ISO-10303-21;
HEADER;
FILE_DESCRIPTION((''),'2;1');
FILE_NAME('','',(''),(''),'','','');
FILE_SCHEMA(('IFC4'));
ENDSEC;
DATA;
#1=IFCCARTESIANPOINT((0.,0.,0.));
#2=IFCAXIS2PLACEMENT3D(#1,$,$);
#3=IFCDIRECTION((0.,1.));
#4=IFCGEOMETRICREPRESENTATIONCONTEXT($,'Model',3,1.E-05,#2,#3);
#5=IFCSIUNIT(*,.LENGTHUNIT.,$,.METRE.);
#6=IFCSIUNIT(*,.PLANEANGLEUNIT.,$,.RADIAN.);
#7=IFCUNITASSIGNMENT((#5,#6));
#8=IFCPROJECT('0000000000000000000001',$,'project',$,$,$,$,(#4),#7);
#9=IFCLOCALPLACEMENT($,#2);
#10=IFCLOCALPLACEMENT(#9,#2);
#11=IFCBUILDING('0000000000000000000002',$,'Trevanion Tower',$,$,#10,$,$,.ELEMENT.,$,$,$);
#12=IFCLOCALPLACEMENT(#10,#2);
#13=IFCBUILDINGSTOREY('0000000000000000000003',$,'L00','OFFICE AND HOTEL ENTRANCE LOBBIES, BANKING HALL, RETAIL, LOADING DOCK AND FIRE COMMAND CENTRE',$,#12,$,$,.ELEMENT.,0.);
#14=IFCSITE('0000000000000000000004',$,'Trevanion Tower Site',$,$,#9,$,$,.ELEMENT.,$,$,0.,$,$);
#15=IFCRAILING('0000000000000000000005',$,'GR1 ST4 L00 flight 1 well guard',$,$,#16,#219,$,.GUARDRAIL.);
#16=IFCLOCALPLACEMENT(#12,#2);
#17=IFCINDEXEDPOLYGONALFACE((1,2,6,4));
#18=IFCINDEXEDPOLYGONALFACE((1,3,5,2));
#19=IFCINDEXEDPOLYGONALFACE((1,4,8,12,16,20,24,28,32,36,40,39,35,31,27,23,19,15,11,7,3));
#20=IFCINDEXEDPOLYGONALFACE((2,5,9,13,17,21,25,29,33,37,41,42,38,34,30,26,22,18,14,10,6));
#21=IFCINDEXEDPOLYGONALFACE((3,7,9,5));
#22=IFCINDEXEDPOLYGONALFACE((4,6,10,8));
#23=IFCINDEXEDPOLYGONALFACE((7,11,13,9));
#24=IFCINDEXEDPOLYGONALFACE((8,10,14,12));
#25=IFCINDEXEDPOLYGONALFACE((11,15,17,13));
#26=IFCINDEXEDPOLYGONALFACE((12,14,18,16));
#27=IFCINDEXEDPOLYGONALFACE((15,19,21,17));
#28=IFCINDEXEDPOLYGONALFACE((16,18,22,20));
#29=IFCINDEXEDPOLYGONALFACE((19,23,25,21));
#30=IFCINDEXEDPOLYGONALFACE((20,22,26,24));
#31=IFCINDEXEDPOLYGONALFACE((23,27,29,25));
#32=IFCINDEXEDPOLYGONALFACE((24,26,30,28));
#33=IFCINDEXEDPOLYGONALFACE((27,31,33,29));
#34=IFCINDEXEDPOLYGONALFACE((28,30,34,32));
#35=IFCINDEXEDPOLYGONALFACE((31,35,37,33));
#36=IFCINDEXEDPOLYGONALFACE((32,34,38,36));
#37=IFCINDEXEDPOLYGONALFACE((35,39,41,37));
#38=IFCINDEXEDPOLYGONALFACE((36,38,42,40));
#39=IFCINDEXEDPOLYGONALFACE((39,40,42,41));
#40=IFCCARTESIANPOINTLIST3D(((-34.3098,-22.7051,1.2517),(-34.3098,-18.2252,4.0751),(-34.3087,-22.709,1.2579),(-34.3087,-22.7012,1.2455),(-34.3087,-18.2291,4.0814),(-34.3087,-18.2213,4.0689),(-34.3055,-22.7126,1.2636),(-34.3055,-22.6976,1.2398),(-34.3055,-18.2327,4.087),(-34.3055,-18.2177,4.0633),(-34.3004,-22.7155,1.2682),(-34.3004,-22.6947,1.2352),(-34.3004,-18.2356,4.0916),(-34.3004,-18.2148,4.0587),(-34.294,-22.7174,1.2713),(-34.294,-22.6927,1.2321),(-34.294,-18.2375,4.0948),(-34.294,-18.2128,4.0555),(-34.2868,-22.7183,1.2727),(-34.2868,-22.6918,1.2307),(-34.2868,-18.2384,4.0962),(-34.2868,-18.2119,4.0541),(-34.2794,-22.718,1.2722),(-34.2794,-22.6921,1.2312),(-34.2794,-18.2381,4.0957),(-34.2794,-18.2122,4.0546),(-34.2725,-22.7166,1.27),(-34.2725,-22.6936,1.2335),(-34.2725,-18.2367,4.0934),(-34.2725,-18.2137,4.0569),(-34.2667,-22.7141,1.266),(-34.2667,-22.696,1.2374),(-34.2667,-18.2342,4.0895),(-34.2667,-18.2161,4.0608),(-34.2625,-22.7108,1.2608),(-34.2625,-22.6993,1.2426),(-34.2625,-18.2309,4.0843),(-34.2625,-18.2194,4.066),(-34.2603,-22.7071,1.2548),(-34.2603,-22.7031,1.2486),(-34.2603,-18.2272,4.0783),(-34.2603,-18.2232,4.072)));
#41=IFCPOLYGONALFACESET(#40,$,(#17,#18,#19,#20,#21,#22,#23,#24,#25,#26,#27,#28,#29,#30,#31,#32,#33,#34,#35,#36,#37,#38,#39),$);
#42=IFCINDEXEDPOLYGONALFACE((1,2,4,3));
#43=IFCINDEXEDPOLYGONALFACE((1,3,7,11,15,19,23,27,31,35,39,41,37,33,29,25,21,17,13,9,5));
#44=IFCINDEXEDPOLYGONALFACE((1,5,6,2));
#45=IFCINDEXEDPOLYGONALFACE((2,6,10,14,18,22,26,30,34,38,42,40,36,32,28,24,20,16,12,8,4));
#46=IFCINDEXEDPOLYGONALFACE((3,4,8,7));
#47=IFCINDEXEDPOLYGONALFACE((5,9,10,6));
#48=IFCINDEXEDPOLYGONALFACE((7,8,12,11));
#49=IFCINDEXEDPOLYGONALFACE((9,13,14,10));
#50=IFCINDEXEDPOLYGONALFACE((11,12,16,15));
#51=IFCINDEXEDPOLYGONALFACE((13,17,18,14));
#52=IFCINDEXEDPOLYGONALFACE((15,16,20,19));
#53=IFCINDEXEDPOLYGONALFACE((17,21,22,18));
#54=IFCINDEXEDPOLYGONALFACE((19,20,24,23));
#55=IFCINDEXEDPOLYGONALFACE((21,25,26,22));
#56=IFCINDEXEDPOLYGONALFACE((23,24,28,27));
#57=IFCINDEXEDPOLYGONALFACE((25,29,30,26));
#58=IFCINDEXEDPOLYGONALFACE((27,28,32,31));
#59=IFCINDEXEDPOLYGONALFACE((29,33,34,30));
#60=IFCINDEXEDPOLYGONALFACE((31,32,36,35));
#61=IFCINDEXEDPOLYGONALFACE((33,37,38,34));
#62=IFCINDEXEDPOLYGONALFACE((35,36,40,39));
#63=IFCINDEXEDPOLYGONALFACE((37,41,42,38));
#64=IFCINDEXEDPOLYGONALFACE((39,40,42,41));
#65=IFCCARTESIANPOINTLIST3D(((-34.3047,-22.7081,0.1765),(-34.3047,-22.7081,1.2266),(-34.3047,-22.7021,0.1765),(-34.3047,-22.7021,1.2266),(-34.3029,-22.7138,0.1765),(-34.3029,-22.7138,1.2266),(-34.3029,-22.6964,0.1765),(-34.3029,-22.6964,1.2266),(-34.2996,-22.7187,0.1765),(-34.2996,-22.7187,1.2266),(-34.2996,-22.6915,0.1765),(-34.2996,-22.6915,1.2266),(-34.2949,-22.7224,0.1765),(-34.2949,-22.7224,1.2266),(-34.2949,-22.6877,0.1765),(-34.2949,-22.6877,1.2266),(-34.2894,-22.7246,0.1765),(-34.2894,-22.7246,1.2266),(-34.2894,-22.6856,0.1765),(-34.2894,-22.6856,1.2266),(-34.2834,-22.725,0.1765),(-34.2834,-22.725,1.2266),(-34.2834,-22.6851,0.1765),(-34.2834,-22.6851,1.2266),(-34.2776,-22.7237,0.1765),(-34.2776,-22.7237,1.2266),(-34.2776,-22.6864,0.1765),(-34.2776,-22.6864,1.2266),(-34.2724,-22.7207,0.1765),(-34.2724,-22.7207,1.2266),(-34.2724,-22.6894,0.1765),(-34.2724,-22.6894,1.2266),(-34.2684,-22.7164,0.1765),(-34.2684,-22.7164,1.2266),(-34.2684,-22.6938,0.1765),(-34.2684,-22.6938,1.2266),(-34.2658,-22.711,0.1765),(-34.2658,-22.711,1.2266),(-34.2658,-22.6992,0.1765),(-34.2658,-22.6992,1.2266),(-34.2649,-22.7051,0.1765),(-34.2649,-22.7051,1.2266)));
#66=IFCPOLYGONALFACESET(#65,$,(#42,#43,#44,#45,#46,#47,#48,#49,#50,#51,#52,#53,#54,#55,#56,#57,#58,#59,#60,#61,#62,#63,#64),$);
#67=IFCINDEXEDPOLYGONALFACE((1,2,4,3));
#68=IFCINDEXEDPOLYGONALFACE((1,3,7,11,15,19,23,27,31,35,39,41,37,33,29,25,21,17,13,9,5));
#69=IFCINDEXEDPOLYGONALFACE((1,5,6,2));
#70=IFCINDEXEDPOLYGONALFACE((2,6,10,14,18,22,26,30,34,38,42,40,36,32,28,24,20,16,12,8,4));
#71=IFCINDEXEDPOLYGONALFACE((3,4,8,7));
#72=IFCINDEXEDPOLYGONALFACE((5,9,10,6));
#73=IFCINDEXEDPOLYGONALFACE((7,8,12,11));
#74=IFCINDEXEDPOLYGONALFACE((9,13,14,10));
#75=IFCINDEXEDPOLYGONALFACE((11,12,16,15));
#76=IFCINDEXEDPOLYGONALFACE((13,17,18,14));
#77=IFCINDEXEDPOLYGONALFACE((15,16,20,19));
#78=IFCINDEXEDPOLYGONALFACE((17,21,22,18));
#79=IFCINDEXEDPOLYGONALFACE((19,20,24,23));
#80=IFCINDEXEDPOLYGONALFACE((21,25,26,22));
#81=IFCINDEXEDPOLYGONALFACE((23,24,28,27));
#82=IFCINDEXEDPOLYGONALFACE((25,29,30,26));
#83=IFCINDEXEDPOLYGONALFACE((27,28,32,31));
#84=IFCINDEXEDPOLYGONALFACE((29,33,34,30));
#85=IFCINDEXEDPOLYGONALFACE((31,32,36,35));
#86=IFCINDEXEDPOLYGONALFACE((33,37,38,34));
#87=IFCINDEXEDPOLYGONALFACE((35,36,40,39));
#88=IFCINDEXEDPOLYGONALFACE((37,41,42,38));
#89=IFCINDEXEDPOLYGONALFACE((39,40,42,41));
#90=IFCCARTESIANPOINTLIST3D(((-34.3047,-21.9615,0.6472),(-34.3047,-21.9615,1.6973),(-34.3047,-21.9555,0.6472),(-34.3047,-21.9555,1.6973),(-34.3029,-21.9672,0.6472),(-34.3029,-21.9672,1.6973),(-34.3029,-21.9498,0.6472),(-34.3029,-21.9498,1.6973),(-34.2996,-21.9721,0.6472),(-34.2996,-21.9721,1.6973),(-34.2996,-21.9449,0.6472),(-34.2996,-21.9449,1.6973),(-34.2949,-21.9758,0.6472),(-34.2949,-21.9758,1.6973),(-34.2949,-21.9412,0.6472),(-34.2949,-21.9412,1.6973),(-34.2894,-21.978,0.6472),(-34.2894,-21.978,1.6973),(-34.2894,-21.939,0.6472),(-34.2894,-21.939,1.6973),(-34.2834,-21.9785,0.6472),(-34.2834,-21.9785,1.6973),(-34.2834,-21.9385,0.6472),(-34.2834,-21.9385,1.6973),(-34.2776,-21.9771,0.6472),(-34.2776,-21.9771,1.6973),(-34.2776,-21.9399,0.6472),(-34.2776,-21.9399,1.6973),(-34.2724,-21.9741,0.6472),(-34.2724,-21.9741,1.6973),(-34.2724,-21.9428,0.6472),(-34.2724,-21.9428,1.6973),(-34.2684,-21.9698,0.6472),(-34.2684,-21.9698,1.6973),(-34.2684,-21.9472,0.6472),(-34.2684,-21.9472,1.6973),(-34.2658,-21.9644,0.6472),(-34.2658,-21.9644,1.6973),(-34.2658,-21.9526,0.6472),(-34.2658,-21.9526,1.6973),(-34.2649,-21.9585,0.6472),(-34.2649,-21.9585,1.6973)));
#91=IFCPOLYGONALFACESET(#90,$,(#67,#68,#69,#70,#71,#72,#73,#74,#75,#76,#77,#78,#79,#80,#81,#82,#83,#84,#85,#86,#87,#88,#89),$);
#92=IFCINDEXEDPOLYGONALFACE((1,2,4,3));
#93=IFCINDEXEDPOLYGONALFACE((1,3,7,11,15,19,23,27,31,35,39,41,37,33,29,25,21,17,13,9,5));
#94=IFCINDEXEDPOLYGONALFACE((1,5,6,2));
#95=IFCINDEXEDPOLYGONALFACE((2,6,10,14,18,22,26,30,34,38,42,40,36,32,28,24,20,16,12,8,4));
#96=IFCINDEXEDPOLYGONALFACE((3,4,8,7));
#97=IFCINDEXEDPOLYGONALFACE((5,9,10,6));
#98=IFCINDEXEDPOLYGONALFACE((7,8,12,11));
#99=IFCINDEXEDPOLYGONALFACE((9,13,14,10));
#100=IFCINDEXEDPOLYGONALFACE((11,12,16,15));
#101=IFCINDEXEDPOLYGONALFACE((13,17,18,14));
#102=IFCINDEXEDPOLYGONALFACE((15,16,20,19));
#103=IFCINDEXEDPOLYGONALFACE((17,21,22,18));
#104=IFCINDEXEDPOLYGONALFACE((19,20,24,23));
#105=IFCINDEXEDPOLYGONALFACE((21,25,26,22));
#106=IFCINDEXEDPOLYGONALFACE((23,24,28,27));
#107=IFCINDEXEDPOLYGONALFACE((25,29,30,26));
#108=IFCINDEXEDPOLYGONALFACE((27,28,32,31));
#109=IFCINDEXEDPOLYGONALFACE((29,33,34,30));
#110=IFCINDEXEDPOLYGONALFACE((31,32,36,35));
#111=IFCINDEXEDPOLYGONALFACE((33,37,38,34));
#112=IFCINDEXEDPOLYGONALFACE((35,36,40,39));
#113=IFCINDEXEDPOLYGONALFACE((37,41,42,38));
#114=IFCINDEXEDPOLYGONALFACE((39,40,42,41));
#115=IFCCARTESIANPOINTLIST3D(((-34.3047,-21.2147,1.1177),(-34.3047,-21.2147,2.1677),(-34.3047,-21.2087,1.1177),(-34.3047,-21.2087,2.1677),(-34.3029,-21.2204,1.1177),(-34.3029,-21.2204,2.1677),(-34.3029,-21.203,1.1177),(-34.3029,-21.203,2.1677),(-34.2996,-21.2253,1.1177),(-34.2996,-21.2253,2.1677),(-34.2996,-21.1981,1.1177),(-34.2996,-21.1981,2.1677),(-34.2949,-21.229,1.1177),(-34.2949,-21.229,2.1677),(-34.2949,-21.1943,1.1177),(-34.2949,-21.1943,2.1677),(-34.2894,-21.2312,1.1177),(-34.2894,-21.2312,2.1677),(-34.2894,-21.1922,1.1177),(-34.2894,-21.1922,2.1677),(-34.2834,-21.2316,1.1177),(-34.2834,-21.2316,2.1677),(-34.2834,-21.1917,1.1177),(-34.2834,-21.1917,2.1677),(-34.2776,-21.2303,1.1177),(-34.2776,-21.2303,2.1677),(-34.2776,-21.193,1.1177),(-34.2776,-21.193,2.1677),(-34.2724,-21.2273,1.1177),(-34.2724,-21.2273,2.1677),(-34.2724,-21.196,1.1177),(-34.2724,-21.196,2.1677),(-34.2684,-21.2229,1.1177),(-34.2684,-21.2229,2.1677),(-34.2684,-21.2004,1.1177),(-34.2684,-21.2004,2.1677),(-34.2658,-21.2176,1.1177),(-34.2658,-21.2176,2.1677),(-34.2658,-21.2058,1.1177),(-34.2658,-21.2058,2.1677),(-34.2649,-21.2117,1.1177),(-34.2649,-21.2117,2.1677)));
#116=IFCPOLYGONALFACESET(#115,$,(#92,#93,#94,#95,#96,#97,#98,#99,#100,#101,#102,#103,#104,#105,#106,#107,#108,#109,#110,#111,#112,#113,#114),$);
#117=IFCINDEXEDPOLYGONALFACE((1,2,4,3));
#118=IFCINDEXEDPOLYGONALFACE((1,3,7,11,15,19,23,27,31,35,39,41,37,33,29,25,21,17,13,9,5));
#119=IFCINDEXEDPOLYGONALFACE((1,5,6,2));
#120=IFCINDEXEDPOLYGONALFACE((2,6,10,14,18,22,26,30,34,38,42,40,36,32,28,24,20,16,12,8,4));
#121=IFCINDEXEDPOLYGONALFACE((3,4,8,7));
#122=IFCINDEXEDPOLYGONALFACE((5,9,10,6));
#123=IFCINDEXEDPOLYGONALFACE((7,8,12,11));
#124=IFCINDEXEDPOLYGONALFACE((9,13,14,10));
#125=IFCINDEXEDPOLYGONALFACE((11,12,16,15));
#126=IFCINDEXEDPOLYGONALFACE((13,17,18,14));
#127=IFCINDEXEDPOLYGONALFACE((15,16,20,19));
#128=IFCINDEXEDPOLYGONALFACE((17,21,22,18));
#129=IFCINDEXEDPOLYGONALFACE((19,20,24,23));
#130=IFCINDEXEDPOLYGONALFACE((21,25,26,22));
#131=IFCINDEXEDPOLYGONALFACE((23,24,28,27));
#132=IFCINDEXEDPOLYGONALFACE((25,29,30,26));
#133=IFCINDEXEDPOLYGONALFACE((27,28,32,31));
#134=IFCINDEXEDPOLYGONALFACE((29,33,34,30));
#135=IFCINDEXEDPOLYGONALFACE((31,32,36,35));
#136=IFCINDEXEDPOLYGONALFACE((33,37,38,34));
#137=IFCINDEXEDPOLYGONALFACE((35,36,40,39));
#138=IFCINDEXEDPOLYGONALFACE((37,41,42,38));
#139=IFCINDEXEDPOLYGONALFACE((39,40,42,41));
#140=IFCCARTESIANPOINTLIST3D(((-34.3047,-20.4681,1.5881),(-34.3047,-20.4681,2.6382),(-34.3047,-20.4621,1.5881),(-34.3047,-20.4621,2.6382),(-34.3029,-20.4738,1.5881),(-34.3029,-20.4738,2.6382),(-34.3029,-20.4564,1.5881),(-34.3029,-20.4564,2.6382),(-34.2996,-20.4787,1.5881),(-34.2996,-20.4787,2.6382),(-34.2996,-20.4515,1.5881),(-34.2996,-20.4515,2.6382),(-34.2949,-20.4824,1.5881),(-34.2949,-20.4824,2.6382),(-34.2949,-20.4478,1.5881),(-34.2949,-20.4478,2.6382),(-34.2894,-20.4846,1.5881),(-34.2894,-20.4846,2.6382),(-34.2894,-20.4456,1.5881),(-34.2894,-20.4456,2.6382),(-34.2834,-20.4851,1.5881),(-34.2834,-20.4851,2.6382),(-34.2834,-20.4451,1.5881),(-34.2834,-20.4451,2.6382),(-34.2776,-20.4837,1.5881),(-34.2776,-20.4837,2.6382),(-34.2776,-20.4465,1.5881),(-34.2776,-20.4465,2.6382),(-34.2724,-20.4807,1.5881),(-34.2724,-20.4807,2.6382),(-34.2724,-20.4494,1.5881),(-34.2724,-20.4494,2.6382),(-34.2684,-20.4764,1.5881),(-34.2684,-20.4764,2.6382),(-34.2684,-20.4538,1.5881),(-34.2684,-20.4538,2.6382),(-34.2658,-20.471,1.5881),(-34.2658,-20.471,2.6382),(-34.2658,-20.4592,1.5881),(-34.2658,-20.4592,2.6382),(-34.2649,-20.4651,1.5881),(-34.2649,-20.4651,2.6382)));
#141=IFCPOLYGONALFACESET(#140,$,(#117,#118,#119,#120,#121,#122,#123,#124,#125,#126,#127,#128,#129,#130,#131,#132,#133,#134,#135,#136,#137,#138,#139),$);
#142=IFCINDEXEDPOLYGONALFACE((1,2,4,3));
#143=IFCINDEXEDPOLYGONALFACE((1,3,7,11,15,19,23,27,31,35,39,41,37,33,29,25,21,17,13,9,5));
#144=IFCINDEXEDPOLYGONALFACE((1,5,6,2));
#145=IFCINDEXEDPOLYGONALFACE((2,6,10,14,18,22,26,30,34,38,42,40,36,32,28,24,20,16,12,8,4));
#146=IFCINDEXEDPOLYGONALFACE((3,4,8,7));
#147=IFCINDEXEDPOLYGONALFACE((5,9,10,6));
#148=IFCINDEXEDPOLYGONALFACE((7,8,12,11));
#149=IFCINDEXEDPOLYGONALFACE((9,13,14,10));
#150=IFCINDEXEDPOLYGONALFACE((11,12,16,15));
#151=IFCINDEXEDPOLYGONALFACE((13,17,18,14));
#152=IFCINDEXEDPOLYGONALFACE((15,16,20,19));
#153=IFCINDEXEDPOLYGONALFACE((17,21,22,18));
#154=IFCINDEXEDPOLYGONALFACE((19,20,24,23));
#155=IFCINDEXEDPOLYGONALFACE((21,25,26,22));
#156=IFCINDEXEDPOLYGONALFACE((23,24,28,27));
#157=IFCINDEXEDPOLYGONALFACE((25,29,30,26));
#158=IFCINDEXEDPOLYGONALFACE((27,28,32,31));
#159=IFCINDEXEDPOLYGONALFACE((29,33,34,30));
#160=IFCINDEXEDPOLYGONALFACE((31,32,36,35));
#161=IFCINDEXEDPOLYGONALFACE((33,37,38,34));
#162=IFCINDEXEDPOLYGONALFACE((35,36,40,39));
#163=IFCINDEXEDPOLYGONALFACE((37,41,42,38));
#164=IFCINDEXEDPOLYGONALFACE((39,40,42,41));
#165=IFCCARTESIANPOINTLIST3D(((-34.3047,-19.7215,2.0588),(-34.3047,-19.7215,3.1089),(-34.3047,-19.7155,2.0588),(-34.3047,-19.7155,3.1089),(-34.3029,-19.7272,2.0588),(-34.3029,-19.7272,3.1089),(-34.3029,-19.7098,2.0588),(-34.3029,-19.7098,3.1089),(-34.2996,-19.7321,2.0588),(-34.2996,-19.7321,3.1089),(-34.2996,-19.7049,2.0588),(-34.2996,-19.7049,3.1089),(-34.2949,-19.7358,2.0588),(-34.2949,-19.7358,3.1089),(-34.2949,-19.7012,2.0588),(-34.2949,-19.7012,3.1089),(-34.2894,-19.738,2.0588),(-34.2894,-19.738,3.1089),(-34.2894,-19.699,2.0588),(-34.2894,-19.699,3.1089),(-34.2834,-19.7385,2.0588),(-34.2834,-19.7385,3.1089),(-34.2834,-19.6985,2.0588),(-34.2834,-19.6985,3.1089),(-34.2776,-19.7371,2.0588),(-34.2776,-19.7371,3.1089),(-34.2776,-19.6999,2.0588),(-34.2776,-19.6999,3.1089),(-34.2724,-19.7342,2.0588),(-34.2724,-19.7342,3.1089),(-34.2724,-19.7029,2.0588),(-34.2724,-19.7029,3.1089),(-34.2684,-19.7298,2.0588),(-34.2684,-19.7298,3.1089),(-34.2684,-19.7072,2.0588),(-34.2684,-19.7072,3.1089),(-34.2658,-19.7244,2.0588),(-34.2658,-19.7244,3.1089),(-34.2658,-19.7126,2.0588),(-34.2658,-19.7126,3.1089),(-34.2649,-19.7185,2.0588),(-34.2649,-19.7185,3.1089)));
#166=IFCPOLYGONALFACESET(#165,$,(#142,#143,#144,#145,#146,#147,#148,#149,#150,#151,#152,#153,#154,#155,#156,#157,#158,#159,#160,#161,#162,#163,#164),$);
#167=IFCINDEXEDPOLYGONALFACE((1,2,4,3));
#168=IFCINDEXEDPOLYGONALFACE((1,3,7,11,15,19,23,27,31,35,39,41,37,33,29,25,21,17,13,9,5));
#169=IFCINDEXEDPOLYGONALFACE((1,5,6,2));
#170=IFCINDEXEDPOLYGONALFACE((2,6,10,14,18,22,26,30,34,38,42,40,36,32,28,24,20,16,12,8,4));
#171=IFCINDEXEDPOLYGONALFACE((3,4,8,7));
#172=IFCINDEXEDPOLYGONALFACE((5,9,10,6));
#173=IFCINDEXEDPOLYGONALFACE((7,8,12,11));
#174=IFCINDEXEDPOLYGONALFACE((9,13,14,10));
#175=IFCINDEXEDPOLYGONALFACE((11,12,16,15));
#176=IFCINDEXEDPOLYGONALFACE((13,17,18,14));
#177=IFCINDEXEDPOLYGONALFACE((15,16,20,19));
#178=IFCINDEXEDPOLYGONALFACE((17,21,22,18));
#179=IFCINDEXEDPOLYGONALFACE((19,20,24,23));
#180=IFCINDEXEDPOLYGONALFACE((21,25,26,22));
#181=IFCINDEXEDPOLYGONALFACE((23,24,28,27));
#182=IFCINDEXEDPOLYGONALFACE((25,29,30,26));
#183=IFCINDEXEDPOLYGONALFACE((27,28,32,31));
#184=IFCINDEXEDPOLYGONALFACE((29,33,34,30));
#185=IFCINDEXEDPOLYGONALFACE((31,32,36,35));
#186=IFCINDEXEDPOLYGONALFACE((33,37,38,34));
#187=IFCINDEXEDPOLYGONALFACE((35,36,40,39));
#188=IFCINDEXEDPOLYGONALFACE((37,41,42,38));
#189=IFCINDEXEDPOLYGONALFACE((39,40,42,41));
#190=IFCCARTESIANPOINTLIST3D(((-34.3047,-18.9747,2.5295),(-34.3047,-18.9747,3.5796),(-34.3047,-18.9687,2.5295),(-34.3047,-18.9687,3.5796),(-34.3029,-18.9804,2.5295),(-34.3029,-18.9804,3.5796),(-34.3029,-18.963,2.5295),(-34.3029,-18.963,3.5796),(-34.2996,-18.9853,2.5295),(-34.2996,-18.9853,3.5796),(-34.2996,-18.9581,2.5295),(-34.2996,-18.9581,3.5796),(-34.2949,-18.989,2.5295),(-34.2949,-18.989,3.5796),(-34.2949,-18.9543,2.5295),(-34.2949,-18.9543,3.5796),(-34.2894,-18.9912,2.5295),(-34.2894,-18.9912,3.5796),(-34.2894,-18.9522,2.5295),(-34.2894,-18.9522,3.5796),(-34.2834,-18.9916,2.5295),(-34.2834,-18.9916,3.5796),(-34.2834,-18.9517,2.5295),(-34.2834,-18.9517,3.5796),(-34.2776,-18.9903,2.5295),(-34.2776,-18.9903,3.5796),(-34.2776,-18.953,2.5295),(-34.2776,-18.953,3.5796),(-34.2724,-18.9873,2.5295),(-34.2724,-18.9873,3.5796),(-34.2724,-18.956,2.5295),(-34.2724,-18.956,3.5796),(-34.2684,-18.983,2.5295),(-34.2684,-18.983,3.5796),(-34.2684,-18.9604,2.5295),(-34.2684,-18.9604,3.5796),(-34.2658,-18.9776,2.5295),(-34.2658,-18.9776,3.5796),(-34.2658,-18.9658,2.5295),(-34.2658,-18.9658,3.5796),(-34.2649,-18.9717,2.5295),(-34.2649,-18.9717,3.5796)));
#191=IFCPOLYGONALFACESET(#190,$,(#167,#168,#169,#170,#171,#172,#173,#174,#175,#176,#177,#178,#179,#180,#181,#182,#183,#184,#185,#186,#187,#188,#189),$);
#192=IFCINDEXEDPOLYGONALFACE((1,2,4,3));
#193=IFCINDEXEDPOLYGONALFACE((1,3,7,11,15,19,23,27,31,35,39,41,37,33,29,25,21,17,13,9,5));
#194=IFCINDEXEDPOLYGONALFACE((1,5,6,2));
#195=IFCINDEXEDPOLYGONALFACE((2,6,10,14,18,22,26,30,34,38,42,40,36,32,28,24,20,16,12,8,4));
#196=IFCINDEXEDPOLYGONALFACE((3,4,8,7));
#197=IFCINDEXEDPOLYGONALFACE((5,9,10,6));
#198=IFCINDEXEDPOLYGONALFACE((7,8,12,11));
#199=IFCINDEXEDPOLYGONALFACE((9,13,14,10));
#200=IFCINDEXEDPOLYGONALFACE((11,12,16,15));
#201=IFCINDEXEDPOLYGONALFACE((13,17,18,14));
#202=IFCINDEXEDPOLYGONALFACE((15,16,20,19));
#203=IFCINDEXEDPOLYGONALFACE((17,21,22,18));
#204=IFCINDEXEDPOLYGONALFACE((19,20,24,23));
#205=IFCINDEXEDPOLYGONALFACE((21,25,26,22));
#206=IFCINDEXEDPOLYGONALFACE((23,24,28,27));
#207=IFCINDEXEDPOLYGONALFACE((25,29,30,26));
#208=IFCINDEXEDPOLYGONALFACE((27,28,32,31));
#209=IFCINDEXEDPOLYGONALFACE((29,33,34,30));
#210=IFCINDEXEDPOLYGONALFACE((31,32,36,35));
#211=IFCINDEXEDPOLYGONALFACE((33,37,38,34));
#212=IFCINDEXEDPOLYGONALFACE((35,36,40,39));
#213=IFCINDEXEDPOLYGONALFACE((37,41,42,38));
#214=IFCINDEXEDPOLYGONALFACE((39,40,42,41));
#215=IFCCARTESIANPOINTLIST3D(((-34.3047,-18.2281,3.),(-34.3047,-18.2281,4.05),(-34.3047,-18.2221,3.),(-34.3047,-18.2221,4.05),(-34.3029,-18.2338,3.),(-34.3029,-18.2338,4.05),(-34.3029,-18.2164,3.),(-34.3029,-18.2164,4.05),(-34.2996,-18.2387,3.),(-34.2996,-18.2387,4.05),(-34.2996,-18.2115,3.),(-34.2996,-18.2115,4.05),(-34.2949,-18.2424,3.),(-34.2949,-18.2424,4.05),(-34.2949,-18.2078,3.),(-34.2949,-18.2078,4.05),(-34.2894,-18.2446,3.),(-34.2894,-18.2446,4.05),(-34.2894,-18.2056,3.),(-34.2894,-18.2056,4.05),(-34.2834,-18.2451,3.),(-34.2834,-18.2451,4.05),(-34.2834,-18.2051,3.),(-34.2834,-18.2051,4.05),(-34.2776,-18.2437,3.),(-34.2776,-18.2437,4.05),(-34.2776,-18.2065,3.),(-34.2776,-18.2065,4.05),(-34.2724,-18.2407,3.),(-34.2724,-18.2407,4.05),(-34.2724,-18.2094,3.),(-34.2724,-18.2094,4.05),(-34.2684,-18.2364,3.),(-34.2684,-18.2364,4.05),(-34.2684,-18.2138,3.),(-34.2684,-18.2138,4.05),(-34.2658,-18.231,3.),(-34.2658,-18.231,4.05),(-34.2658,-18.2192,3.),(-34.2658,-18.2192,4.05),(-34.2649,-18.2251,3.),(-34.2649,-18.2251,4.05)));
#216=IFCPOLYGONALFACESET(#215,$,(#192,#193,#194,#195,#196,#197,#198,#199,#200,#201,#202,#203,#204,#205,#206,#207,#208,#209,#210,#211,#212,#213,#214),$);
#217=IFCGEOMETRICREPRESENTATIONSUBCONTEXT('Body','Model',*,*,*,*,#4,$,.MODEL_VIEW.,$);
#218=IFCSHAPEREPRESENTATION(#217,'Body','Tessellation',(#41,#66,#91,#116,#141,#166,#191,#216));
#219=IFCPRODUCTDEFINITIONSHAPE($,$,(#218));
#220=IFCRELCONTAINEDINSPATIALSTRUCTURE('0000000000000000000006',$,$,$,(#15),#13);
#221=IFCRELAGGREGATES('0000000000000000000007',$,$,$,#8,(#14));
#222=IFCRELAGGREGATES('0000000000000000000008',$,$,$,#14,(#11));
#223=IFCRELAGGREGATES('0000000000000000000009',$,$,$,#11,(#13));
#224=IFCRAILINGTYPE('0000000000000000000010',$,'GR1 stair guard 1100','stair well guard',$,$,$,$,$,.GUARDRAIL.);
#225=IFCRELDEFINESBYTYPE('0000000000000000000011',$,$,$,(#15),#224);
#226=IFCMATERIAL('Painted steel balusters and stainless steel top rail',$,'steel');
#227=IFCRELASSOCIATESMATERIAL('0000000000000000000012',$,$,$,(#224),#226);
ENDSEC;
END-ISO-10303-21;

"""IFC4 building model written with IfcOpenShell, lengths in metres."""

from ifc_helpers import new_model, si_unit, direction, frame, origin, origin_2d, place, context, subcontext, project, spatial, circle, extrude, material, type_object, element, save


model = new_model("IFC4")

# Units and contexts
model_context = context("Model", 3, precision=1e-05, world=origin(), true_north=direction((0.0, 1.0)))
body_context = subcontext(model_context, "Body", "Model", "MODEL_VIEW")
ifc_project = project(units=[si_unit("LENGTHUNIT", "METRE"), si_unit("PLANEANGLEUNIT", "RADIAN")], contexts=[model_context])

# Site, building, storey
site_placement = place(None, origin())
site = spatial("IfcSite", under=ifc_project, at=site_placement, Name="Trevanion Tower Site", CompositionType="ELEMENT", RefElevation=0.0)
building_placement = place(site_placement, origin())
building = spatial("IfcBuilding", under=site, at=building_placement, Name="Trevanion Tower", CompositionType="ELEMENT")
storey_placement = place(building_placement, origin())
storey = spatial("IfcBuildingStorey", under=building, at=storey_placement, Name="L00", Description="OFFICE AND HOTEL ENTRANCE LOBBIES, BANKING HALL, RETAIL, LOADING DOCK AND FIRE COMMAND CENTRE", CompositionType="ELEMENT", Elevation=0.0)

# Railing
ifc_material_1 = material(Name="Painted steel balusters and stainless steel top rail", Category="steel")
railing_type_1 = type_object("IfcRailingType", Name="GR1 stair guard 1100", Description="stair well guard", PredefinedType="GUARDRAIL", material=ifc_material_1)
railing_1_placement = place(storey_placement, frame((-34.2849, -22.7051, 0.1765)))
element("IfcRailing", 1, at=railing_1_placement, inside=storey, type_object=railing_type_1, Name="GR1 ST4 L00 flight 1 well guard", PredefinedType="GUARDRAIL", context=body_context, shape_type="SweptSolid", body=[
    extrude(circle(Radius=0.0249, at=origin_2d()), frame((0.0, 0.0, 1.0752), z_axis=(0.0, 0.845998, 0.533186), x_axis=(-1.0, 0.0, 0.0)), (0.0, 0.0, 1.0), 5.2954),
    extrude(circle(Radius=0.02, at=origin_2d()), origin(), (0.0, 0.0, 1.0), 1.05),
    extrude(circle(Radius=0.02, at=origin_2d()), frame((0.0, 0.7466, 0.4707)), (0.0, 0.0, 1.0), 1.05),
    extrude(circle(Radius=0.02, at=origin_2d()), frame((0.0, 1.4934, 0.9412)), (0.0, 0.0, 1.0), 1.05),
    extrude(circle(Radius=0.02, at=origin_2d()), frame((0.0, 2.24, 1.4116)), (0.0, 0.0, 1.0), 1.05),
    extrude(circle(Radius=0.02, at=origin_2d()), frame((0.0, 2.9866, 1.8823)), (0.0, 0.0, 1.0), 1.05),
    extrude(circle(Radius=0.02, at=origin_2d()), frame((0.0, 3.7334, 2.353)), (0.0, 0.0, 1.0), 1.05),
    extrude(circle(Radius=0.02, at=origin_2d()), frame((0.0, 4.48, 2.8235)), (0.0, 0.0, 1.0), 1.05),
])

save(model, "model.ifc")
